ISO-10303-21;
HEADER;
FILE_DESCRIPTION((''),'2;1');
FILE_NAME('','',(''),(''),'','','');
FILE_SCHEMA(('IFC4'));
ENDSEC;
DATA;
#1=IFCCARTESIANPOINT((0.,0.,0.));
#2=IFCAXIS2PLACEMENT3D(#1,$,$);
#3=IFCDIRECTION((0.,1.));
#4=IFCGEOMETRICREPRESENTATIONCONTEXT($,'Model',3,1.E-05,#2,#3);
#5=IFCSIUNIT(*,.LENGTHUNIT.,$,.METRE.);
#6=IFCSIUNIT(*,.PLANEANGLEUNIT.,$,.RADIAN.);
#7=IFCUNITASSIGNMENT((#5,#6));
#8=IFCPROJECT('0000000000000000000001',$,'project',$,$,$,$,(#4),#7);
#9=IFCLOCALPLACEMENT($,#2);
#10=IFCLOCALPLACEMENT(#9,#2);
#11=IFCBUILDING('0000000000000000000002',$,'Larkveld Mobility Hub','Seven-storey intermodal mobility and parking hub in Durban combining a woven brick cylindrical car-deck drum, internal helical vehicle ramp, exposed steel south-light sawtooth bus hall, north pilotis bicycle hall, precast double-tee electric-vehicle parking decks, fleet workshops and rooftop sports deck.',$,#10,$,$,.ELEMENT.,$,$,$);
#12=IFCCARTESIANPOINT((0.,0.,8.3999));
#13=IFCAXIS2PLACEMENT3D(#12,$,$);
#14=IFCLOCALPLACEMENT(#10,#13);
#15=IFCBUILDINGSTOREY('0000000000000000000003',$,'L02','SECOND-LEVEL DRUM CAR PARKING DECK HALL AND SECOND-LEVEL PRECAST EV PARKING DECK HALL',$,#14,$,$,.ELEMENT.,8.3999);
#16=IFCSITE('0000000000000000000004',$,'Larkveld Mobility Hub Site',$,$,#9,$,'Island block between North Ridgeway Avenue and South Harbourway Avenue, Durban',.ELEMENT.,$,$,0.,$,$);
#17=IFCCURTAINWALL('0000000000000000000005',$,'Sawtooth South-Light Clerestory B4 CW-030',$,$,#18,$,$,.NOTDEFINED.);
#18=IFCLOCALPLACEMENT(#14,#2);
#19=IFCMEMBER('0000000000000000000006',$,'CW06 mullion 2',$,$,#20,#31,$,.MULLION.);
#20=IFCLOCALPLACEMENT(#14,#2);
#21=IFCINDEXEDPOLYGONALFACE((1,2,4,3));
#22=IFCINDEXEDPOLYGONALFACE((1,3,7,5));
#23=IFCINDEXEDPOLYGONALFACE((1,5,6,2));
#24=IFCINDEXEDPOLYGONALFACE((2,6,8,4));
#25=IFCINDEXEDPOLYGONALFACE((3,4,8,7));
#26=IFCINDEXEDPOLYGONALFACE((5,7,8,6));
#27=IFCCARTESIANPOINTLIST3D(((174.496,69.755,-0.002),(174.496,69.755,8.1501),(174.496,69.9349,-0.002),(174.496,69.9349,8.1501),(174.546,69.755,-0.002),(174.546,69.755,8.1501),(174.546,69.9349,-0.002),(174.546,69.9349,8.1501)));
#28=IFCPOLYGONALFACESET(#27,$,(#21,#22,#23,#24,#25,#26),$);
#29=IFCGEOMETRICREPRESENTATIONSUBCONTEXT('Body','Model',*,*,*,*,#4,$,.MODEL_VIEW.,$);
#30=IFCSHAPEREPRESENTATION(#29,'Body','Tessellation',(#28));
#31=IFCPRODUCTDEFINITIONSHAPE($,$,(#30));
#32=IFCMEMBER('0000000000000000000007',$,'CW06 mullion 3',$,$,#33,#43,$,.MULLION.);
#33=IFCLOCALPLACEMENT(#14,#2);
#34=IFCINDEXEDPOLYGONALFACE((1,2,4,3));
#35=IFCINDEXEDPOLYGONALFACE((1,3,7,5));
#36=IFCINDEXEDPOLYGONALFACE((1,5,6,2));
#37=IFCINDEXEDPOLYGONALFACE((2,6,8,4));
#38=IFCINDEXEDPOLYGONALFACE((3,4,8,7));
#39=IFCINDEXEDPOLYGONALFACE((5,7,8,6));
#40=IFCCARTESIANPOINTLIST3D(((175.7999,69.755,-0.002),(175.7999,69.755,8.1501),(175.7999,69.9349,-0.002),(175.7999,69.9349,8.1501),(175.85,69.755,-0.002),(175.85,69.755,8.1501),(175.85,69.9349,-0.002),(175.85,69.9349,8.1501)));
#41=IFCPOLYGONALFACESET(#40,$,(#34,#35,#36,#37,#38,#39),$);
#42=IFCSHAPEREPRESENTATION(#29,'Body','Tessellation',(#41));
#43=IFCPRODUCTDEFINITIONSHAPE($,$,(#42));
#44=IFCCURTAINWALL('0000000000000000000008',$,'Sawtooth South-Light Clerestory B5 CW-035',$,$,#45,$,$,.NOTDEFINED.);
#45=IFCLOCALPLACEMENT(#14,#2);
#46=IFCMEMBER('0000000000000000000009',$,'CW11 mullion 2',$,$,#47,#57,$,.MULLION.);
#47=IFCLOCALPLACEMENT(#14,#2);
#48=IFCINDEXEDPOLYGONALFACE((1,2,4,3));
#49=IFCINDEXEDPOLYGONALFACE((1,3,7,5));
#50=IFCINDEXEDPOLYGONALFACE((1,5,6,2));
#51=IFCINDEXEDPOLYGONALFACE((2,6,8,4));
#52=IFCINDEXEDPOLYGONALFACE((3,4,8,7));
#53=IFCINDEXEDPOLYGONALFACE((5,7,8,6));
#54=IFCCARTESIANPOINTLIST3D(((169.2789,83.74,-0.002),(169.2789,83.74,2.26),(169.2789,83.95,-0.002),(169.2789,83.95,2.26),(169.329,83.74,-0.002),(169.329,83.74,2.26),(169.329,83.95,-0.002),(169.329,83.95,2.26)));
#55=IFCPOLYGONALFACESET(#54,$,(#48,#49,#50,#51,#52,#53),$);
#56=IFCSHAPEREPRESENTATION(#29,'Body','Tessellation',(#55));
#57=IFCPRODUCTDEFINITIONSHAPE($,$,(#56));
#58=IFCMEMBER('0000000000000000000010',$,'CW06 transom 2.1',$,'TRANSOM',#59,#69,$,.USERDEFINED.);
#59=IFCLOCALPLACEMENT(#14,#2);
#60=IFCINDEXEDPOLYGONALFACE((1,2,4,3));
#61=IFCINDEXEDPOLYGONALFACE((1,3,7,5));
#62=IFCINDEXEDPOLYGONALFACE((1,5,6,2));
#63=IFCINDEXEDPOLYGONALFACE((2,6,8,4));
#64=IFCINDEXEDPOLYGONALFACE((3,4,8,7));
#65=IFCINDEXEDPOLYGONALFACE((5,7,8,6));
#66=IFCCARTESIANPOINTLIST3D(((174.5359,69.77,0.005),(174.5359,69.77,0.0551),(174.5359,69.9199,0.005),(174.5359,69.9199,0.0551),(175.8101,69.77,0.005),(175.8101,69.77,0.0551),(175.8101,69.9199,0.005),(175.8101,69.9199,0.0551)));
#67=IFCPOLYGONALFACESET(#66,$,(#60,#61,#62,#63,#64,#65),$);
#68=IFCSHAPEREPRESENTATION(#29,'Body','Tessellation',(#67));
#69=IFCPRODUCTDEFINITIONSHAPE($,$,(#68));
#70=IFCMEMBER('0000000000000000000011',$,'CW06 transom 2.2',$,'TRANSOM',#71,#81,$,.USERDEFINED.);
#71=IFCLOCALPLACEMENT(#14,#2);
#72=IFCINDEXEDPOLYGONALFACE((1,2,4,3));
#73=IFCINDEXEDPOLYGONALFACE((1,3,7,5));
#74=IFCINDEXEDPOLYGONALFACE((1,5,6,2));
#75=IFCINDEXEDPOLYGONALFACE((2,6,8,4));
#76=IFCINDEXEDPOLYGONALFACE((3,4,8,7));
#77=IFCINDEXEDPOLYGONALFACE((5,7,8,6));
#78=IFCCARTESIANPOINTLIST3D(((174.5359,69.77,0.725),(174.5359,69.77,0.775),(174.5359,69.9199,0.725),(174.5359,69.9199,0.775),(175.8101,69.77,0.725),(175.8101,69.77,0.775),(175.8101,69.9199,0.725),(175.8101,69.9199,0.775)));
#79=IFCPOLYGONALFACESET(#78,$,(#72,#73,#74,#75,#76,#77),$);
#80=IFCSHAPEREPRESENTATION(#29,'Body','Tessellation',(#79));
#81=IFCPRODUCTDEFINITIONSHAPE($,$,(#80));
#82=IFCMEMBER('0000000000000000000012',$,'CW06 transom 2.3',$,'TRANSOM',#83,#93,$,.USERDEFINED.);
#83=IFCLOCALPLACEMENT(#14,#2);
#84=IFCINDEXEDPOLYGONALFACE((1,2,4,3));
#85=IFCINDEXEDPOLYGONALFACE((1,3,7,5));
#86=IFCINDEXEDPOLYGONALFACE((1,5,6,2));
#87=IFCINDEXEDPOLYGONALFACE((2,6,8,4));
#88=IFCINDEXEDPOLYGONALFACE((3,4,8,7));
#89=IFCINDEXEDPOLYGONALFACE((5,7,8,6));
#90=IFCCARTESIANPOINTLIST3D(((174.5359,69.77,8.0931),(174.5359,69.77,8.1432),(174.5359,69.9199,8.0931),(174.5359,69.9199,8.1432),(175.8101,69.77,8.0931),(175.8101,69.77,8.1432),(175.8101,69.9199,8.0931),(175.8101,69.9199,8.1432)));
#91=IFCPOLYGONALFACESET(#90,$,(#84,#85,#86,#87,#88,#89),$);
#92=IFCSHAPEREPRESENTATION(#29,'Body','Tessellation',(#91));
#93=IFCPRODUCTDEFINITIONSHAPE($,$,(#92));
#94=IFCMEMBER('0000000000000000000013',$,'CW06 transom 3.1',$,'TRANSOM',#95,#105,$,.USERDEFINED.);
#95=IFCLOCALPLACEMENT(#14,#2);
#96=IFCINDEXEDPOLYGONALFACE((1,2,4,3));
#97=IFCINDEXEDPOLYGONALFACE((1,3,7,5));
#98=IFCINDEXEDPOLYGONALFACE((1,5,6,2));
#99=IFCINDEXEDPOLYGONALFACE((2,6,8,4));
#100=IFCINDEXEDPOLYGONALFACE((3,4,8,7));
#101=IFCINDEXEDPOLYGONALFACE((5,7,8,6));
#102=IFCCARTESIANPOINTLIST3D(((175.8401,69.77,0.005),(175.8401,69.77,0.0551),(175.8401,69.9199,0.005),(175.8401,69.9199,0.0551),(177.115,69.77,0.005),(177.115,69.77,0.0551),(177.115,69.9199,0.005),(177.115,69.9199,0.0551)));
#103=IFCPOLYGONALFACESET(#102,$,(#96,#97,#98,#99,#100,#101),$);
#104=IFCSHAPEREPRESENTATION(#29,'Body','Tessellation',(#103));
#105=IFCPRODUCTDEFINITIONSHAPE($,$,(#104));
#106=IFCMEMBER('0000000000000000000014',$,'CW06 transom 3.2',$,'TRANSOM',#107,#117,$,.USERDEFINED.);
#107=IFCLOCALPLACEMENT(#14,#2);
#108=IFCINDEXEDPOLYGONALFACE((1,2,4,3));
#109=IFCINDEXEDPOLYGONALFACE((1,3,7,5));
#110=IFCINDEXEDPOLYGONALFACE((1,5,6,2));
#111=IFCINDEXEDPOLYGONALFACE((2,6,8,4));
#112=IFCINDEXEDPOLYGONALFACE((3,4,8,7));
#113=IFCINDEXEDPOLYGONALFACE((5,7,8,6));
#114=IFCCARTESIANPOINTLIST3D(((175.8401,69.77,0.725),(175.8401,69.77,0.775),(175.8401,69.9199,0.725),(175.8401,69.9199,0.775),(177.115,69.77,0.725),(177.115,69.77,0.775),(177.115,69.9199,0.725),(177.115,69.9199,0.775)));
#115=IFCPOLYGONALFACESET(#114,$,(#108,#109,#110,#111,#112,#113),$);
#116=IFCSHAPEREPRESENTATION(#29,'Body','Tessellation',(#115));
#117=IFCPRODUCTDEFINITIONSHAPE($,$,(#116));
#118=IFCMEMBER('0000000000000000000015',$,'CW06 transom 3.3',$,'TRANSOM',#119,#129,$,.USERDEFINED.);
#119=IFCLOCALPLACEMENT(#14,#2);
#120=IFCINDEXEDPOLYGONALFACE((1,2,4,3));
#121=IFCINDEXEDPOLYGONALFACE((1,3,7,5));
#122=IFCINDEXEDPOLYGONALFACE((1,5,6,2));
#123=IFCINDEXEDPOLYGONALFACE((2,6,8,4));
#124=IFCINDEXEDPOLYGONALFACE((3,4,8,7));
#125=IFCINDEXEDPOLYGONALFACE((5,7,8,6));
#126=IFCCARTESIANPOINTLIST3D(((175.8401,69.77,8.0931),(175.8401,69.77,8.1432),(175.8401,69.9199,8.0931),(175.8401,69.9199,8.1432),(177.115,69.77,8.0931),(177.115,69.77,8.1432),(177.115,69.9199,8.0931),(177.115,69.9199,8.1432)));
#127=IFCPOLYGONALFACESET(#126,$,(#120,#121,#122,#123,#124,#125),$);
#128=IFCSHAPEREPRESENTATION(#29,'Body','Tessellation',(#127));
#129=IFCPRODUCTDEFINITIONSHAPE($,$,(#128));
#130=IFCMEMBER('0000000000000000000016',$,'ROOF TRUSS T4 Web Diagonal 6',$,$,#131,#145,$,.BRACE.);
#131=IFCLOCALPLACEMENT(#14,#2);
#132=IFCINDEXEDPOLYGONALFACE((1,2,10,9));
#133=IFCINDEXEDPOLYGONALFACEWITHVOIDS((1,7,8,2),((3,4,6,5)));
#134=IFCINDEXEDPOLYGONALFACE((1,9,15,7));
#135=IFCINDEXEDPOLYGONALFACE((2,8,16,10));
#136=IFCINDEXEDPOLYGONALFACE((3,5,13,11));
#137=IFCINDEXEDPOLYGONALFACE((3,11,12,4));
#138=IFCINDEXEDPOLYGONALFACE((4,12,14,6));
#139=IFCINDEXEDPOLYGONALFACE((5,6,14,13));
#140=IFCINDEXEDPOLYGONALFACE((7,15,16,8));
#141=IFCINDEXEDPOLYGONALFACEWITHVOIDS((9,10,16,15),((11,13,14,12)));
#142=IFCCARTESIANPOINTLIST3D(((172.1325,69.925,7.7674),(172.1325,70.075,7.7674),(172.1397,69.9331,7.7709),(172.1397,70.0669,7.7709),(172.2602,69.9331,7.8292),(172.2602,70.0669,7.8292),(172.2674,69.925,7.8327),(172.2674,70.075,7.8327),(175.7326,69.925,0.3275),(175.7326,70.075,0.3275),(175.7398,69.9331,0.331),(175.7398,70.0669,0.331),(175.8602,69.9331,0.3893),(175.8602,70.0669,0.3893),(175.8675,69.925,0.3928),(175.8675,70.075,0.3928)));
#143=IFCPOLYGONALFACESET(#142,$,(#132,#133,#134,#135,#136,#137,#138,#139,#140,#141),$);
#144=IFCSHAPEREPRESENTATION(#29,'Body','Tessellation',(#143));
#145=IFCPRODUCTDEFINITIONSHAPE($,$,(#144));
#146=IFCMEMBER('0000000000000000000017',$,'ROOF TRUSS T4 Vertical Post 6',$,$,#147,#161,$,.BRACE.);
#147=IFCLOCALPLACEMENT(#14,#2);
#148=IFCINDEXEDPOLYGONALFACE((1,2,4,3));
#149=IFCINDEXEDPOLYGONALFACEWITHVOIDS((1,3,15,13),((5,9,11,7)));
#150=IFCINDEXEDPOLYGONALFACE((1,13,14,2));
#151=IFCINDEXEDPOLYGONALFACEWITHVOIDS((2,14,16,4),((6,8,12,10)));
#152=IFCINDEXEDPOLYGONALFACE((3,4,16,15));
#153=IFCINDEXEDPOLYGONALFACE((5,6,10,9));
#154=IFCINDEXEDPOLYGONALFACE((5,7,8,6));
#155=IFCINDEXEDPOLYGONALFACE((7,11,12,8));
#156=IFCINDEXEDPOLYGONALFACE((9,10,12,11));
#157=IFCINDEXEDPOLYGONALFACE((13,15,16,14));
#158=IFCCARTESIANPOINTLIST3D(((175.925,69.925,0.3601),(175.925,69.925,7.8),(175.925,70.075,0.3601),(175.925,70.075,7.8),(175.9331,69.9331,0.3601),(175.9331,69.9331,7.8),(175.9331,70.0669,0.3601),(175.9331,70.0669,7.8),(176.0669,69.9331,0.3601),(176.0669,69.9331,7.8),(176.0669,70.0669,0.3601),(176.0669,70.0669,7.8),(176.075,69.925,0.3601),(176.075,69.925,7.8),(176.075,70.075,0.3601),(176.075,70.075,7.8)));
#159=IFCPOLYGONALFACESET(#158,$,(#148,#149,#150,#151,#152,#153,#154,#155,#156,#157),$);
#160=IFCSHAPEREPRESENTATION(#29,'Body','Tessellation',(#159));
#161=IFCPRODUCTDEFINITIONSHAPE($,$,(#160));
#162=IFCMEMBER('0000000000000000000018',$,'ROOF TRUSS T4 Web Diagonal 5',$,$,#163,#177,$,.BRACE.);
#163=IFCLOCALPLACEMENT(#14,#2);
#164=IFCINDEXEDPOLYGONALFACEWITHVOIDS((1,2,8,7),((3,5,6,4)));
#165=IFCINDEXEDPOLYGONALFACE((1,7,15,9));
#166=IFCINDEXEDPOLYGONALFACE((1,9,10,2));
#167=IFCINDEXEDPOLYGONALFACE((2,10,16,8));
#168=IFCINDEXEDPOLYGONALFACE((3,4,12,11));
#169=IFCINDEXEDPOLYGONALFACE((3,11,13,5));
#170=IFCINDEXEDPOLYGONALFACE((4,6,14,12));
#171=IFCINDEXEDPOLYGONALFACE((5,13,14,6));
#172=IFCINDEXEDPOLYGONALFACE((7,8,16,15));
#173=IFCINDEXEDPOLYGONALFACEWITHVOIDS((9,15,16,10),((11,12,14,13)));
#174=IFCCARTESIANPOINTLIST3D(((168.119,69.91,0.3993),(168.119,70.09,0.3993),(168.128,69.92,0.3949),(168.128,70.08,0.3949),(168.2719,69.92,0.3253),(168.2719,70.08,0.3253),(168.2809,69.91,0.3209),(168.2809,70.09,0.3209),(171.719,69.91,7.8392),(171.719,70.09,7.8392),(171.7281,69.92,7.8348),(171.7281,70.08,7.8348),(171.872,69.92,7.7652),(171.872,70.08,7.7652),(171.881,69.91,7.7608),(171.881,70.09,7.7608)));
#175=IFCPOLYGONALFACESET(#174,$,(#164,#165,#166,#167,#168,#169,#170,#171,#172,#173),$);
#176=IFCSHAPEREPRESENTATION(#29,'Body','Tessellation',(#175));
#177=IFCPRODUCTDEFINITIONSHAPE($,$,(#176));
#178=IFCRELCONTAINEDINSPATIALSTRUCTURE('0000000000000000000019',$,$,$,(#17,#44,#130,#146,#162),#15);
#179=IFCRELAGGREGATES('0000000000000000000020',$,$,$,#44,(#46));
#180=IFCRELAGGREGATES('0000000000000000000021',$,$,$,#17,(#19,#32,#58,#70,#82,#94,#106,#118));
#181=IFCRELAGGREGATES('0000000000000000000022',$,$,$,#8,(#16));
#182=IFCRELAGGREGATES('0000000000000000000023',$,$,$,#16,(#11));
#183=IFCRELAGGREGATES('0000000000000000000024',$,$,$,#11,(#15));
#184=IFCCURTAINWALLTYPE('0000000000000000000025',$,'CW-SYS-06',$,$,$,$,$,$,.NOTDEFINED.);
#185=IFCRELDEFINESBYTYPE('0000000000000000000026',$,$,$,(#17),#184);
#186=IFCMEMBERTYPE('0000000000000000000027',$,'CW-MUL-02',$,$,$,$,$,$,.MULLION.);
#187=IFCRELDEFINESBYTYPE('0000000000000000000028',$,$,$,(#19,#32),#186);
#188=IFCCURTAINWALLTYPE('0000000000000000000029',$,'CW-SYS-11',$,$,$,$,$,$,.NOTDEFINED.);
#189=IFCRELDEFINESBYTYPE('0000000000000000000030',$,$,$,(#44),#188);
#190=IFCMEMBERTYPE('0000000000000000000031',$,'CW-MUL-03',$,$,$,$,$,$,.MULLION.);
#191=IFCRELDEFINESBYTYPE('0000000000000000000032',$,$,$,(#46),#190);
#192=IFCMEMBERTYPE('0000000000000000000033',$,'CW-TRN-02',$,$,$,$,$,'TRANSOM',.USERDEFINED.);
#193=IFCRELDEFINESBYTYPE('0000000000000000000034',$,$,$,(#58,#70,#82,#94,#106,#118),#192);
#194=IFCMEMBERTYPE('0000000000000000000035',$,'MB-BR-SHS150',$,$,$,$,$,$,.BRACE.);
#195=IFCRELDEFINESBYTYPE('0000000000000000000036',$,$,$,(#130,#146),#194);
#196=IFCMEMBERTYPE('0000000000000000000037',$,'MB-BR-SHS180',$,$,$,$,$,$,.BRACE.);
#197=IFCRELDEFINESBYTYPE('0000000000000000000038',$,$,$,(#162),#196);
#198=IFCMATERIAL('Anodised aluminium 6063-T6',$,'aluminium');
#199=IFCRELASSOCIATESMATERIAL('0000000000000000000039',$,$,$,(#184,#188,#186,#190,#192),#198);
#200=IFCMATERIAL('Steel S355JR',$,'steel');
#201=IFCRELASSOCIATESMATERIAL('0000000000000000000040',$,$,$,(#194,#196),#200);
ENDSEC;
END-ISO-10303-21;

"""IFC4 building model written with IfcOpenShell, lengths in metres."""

from ifc_helpers import new_model, si_unit, direction, frame, origin, origin_2d, place, context, subcontext, project, spatial, rectangle, hollow_rectangle, extrude, material, material_profile, profile_set, type_object, element, aggregate, save


model = new_model("IFC4")

# Units and contexts
model_context = context("Model", 3, precision=1e-05, world=origin(), true_north=direction((0.0, 1.0)))
body_context = subcontext(model_context, "Body", "Model", "MODEL_VIEW")
ifc_project = project(units=[si_unit("LENGTHUNIT", "METRE"), si_unit("PLANEANGLEUNIT", "RADIAN")], contexts=[model_context])

# Site, building, storey
site_placement = place(None, origin())
site = spatial("IfcSite", under=ifc_project, at=site_placement, Name="Larkveld Mobility Hub Site", LongName="Island block between North Ridgeway Avenue and South Harbourway Avenue, Durban", CompositionType="ELEMENT", RefElevation=0.0)
building_placement = place(site_placement, origin())
building = spatial("IfcBuilding", under=site, at=building_placement, Name="Larkveld Mobility Hub", Description="Seven-storey intermodal mobility and parking hub in Durban combining a woven brick cylindrical car-deck drum, internal helical vehicle ramp, exposed steel south-light sawtooth bus hall, north pilotis bicycle hall, precast double-tee electric-vehicle parking decks, fleet workshops and rooftop sports deck.", CompositionType="ELEMENT")
storey_placement = place(building_placement, frame((0.0, 0.0, 8.3999)))
storey = spatial("IfcBuildingStorey", under=building, at=storey_placement, Name="L02", Description="SECOND-LEVEL DRUM CAR PARKING DECK HALL AND SECOND-LEVEL PRECAST EV PARKING DECK HALL", CompositionType="ELEMENT", Elevation=8.3999)

# Curtain wall, members
ifc_material_1 = material(Name="Anodised aluminium 6063-T6", Category="aluminium")
curtain_wall_type_1 = type_object("IfcCurtainWallType", Name="CW-SYS-06", PredefinedType="NOTDEFINED", material=ifc_material_1)
curtain_wall_1_placement = place(storey_placement, origin())
curtain_wall_1 = element("IfcCurtainWall", 1, at=curtain_wall_1_placement, inside=storey, type_object=curtain_wall_type_1, Name="Sawtooth South-Light Clerestory B4 CW-030", PredefinedType="NOTDEFINED")
ifc_material_profile_1 = material_profile(ifc_material_1, rectangle(XDim=0.05, YDim=0.1799, at=origin_2d()), Name="ALU MULL 50x180")
ifc_profile_set_1 = profile_set([ifc_material_profile_1], Name="Anodised aluminium 6063-T6")
member_type_1 = type_object("IfcMemberType", Name="CW-MUL-02", PredefinedType="MULLION", material=ifc_profile_set_1)
member_1_placement = place(storey_placement, frame((174.521, 69.845, -0.002), z_axis=(0.0, 0.0, 1.0), x_axis=(1.0, 0.0, 0.0)))
member_1 = element("IfcMember", 2, at=member_1_placement, type_object=member_type_1, Name="CW06 mullion 2", PredefinedType="MULLION", context=body_context, shape_type="SweptSolid", body=[
    extrude(rectangle(XDim=0.05, YDim=0.1799, at=origin_2d()), origin(), (0.0, 0.0, 1.0), 8.1521),
])
member_2_placement = place(storey_placement, frame((175.825, 69.845, -0.002), z_axis=(0.0, 0.0, 1.0), x_axis=(1.0, 0.0, 0.0)))
member_2 = element("IfcMember", 3, at=member_2_placement, type_object=member_type_1, Name="CW06 mullion 3", PredefinedType="MULLION", context=body_context, shape_type="SweptSolid", body=[
    extrude(rectangle(XDim=0.05, YDim=0.1799, at=origin_2d()), origin(), (0.0, 0.0, 1.0), 8.1521),
])

# Curtain wall, member
curtain_wall_type_2 = type_object("IfcCurtainWallType", Name="CW-SYS-11", PredefinedType="NOTDEFINED", material=ifc_material_1)
curtain_wall_2_placement = place(storey_placement, origin())
curtain_wall_2 = element("IfcCurtainWall", 4, at=curtain_wall_2_placement, inside=storey, type_object=curtain_wall_type_2, Name="Sawtooth South-Light Clerestory B5 CW-035", PredefinedType="NOTDEFINED")
ifc_material_profile_2 = material_profile(ifc_material_1, rectangle(XDim=0.05, YDim=0.21, at=origin_2d()), Name="ALU MULL 50x210")
ifc_profile_set_2 = profile_set([ifc_material_profile_2], Name="Anodised aluminium 6063-T6")
member_type_2 = type_object("IfcMemberType", Name="CW-MUL-03", PredefinedType="MULLION", material=ifc_profile_set_2)
member_3_placement = place(storey_placement, frame((169.304, 83.845, -0.002), z_axis=(0.0, 0.0, 1.0), x_axis=(1.0, 0.0, 0.0)))
member_3 = element("IfcMember", 5, at=member_3_placement, type_object=member_type_2, Name="CW11 mullion 2", PredefinedType="MULLION", context=body_context, shape_type="SweptSolid", body=[
    extrude(rectangle(XDim=0.05, YDim=0.21, at=origin_2d()), origin(), (0.0, 0.0, 1.0), 2.262),
])

# Members
ifc_material_profile_3 = material_profile(ifc_material_1, rectangle(XDim=0.1499, YDim=0.05, at=origin_2d()), Name="ALU TRAN 50x150")
ifc_profile_set_3 = profile_set([ifc_material_profile_3], Name="Anodised aluminium 6063-T6")
member_type_3 = type_object("IfcMemberType", Name="CW-TRN-02", ElementType="TRANSOM", PredefinedType="USERDEFINED", material=ifc_profile_set_3)
member_4_placement = place(storey_placement, frame((174.5359, 69.845, 0.03), z_axis=(1.0, 0.0, 0.0), x_axis=(0.0, 1.0, 0.0)))
member_4 = element("IfcMember", 6, at=member_4_placement, type_object=member_type_3, Name="CW06 transom 2.1", ObjectType="TRANSOM", PredefinedType="USERDEFINED", context=body_context, shape_type="SweptSolid", body=[
    extrude(rectangle(XDim=0.1499, YDim=0.05, at=origin_2d()), origin(), (0.0, 0.0, 1.0), 1.2742),
])
member_5_placement = place(storey_placement, frame((174.5359, 69.845, 0.75), z_axis=(1.0, 0.0, 0.0), x_axis=(0.0, 1.0, 0.0)))
member_5 = element("IfcMember", 7, at=member_5_placement, type_object=member_type_3, Name="CW06 transom 2.2", ObjectType="TRANSOM", PredefinedType="USERDEFINED", context=body_context, shape_type="SweptSolid", body=[
    extrude(rectangle(XDim=0.1499, YDim=0.05, at=origin_2d()), origin(), (0.0, 0.0, 1.0), 1.2742),
])
member_6_placement = place(storey_placement, frame((174.5359, 69.845, 8.1182), z_axis=(1.0, 0.0, 0.0), x_axis=(0.0, 1.0, 0.0)))
member_6 = element("IfcMember", 8, at=member_6_placement, type_object=member_type_3, Name="CW06 transom 2.3", ObjectType="TRANSOM", PredefinedType="USERDEFINED", context=body_context, shape_type="SweptSolid", body=[
    extrude(rectangle(XDim=0.1499, YDim=0.05, at=origin_2d()), origin(), (0.0, 0.0, 1.0), 1.2742),
])
member_7_placement = place(storey_placement, frame((175.8401, 69.845, 0.03), z_axis=(1.0, 0.0, 0.0), x_axis=(0.0, 1.0, 0.0)))
member_7 = element("IfcMember", 9, at=member_7_placement, type_object=member_type_3, Name="CW06 transom 3.1", ObjectType="TRANSOM", PredefinedType="USERDEFINED", context=body_context, shape_type="SweptSolid", body=[
    extrude(rectangle(XDim=0.1499, YDim=0.05, at=origin_2d()), origin(), (0.0, 0.0, 1.0), 1.2749),
])
member_8_placement = place(storey_placement, frame((175.8401, 69.845, 0.75), z_axis=(1.0, 0.0, 0.0), x_axis=(0.0, 1.0, 0.0)))
member_8 = element("IfcMember", 10, at=member_8_placement, type_object=member_type_3, Name="CW06 transom 3.2", ObjectType="TRANSOM", PredefinedType="USERDEFINED", context=body_context, shape_type="SweptSolid", body=[
    extrude(rectangle(XDim=0.1499, YDim=0.05, at=origin_2d()), origin(), (0.0, 0.0, 1.0), 1.2749),
])
member_9_placement = place(storey_placement, frame((175.8401, 69.845, 8.1182), z_axis=(1.0, 0.0, 0.0), x_axis=(0.0, 1.0, 0.0)))
member_9 = element("IfcMember", 11, at=member_9_placement, type_object=member_type_3, Name="CW06 transom 3.3", ObjectType="TRANSOM", PredefinedType="USERDEFINED", context=body_context, shape_type="SweptSolid", body=[
    extrude(rectangle(XDim=0.1499, YDim=0.05, at=origin_2d()), origin(), (0.0, 0.0, 1.0), 1.2749),
])

# Members
ifc_material_2 = material(Name="Steel S355JR", Category="steel")
ifc_material_profile_4 = material_profile(ifc_material_2, hollow_rectangle(XDim=0.1499, YDim=0.1499, WallThickness=0.0081, at=origin_2d()), Name="SHS 150x150x8")
ifc_profile_set_4 = profile_set([ifc_material_profile_4], Name="Steel S355JR")
member_type_4 = type_object("IfcMemberType", Name="MB-BR-SHS150", PredefinedType="BRACE", material=ifc_profile_set_4)
member_10_placement = place(storey_placement, frame((172.2, 70.0, 7.8), z_axis=(0.435573, 0.0, -0.900153), x_axis=(0.0, 1.0, 0.0)))
element("IfcMember", 12, at=member_10_placement, inside=storey, type_object=member_type_4, Name="ROOF TRUSS T4 Web Diagonal 6", PredefinedType="BRACE", context=body_context, shape_type="SweptSolid", body=[
    extrude(hollow_rectangle(XDim=0.1499, YDim=0.1499, WallThickness=0.0081, at=origin_2d()), origin(), (0.0, 0.0, 1.0), 8.2651),
])
member_11_placement = place(storey_placement, frame((176.0, 70.0, 0.3601), z_axis=(0.0, 0.0, 1.0), x_axis=(1.0, 0.0, 0.0)))
element("IfcMember", 13, at=member_11_placement, inside=storey, type_object=member_type_4, Name="ROOF TRUSS T4 Vertical Post 6", PredefinedType="BRACE", context=body_context, shape_type="SweptSolid", body=[
    extrude(hollow_rectangle(XDim=0.1499, YDim=0.1499, WallThickness=0.0081, at=origin_2d()), origin(), (0.0, 0.0, 1.0), 7.4399),
])
ifc_material_profile_5 = material_profile(ifc_material_2, hollow_rectangle(XDim=0.1799, YDim=0.1799, WallThickness=0.01, at=origin_2d()), Name="SHS 180x180x10")
ifc_profile_set_5 = profile_set([ifc_material_profile_5], Name="Steel S355JR")
member_type_5 = type_object("IfcMemberType", Name="MB-BR-SHS180", PredefinedType="BRACE", material=ifc_profile_set_5)
member_12_placement = place(storey_placement, frame((168.2, 70.0, 0.3601), z_axis=(0.435573, 0.0, 0.900153), x_axis=(0.0, 1.0, 0.0)))
element("IfcMember", 14, at=member_12_placement, inside=storey, type_object=member_type_5, Name="ROOF TRUSS T4 Web Diagonal 5", PredefinedType="BRACE", context=body_context, shape_type="SweptSolid", body=[
    extrude(hollow_rectangle(XDim=0.1799, YDim=0.1799, WallThickness=0.01, at=origin_2d()), origin(), (0.0, 0.0, 1.0), 8.2651),
])

aggregate(curtain_wall_2, [member_3])
aggregate(curtain_wall_1, [member_1, member_2, member_4, member_5, member_6, member_7, member_8, member_9])

save(model, "model.ifc")
